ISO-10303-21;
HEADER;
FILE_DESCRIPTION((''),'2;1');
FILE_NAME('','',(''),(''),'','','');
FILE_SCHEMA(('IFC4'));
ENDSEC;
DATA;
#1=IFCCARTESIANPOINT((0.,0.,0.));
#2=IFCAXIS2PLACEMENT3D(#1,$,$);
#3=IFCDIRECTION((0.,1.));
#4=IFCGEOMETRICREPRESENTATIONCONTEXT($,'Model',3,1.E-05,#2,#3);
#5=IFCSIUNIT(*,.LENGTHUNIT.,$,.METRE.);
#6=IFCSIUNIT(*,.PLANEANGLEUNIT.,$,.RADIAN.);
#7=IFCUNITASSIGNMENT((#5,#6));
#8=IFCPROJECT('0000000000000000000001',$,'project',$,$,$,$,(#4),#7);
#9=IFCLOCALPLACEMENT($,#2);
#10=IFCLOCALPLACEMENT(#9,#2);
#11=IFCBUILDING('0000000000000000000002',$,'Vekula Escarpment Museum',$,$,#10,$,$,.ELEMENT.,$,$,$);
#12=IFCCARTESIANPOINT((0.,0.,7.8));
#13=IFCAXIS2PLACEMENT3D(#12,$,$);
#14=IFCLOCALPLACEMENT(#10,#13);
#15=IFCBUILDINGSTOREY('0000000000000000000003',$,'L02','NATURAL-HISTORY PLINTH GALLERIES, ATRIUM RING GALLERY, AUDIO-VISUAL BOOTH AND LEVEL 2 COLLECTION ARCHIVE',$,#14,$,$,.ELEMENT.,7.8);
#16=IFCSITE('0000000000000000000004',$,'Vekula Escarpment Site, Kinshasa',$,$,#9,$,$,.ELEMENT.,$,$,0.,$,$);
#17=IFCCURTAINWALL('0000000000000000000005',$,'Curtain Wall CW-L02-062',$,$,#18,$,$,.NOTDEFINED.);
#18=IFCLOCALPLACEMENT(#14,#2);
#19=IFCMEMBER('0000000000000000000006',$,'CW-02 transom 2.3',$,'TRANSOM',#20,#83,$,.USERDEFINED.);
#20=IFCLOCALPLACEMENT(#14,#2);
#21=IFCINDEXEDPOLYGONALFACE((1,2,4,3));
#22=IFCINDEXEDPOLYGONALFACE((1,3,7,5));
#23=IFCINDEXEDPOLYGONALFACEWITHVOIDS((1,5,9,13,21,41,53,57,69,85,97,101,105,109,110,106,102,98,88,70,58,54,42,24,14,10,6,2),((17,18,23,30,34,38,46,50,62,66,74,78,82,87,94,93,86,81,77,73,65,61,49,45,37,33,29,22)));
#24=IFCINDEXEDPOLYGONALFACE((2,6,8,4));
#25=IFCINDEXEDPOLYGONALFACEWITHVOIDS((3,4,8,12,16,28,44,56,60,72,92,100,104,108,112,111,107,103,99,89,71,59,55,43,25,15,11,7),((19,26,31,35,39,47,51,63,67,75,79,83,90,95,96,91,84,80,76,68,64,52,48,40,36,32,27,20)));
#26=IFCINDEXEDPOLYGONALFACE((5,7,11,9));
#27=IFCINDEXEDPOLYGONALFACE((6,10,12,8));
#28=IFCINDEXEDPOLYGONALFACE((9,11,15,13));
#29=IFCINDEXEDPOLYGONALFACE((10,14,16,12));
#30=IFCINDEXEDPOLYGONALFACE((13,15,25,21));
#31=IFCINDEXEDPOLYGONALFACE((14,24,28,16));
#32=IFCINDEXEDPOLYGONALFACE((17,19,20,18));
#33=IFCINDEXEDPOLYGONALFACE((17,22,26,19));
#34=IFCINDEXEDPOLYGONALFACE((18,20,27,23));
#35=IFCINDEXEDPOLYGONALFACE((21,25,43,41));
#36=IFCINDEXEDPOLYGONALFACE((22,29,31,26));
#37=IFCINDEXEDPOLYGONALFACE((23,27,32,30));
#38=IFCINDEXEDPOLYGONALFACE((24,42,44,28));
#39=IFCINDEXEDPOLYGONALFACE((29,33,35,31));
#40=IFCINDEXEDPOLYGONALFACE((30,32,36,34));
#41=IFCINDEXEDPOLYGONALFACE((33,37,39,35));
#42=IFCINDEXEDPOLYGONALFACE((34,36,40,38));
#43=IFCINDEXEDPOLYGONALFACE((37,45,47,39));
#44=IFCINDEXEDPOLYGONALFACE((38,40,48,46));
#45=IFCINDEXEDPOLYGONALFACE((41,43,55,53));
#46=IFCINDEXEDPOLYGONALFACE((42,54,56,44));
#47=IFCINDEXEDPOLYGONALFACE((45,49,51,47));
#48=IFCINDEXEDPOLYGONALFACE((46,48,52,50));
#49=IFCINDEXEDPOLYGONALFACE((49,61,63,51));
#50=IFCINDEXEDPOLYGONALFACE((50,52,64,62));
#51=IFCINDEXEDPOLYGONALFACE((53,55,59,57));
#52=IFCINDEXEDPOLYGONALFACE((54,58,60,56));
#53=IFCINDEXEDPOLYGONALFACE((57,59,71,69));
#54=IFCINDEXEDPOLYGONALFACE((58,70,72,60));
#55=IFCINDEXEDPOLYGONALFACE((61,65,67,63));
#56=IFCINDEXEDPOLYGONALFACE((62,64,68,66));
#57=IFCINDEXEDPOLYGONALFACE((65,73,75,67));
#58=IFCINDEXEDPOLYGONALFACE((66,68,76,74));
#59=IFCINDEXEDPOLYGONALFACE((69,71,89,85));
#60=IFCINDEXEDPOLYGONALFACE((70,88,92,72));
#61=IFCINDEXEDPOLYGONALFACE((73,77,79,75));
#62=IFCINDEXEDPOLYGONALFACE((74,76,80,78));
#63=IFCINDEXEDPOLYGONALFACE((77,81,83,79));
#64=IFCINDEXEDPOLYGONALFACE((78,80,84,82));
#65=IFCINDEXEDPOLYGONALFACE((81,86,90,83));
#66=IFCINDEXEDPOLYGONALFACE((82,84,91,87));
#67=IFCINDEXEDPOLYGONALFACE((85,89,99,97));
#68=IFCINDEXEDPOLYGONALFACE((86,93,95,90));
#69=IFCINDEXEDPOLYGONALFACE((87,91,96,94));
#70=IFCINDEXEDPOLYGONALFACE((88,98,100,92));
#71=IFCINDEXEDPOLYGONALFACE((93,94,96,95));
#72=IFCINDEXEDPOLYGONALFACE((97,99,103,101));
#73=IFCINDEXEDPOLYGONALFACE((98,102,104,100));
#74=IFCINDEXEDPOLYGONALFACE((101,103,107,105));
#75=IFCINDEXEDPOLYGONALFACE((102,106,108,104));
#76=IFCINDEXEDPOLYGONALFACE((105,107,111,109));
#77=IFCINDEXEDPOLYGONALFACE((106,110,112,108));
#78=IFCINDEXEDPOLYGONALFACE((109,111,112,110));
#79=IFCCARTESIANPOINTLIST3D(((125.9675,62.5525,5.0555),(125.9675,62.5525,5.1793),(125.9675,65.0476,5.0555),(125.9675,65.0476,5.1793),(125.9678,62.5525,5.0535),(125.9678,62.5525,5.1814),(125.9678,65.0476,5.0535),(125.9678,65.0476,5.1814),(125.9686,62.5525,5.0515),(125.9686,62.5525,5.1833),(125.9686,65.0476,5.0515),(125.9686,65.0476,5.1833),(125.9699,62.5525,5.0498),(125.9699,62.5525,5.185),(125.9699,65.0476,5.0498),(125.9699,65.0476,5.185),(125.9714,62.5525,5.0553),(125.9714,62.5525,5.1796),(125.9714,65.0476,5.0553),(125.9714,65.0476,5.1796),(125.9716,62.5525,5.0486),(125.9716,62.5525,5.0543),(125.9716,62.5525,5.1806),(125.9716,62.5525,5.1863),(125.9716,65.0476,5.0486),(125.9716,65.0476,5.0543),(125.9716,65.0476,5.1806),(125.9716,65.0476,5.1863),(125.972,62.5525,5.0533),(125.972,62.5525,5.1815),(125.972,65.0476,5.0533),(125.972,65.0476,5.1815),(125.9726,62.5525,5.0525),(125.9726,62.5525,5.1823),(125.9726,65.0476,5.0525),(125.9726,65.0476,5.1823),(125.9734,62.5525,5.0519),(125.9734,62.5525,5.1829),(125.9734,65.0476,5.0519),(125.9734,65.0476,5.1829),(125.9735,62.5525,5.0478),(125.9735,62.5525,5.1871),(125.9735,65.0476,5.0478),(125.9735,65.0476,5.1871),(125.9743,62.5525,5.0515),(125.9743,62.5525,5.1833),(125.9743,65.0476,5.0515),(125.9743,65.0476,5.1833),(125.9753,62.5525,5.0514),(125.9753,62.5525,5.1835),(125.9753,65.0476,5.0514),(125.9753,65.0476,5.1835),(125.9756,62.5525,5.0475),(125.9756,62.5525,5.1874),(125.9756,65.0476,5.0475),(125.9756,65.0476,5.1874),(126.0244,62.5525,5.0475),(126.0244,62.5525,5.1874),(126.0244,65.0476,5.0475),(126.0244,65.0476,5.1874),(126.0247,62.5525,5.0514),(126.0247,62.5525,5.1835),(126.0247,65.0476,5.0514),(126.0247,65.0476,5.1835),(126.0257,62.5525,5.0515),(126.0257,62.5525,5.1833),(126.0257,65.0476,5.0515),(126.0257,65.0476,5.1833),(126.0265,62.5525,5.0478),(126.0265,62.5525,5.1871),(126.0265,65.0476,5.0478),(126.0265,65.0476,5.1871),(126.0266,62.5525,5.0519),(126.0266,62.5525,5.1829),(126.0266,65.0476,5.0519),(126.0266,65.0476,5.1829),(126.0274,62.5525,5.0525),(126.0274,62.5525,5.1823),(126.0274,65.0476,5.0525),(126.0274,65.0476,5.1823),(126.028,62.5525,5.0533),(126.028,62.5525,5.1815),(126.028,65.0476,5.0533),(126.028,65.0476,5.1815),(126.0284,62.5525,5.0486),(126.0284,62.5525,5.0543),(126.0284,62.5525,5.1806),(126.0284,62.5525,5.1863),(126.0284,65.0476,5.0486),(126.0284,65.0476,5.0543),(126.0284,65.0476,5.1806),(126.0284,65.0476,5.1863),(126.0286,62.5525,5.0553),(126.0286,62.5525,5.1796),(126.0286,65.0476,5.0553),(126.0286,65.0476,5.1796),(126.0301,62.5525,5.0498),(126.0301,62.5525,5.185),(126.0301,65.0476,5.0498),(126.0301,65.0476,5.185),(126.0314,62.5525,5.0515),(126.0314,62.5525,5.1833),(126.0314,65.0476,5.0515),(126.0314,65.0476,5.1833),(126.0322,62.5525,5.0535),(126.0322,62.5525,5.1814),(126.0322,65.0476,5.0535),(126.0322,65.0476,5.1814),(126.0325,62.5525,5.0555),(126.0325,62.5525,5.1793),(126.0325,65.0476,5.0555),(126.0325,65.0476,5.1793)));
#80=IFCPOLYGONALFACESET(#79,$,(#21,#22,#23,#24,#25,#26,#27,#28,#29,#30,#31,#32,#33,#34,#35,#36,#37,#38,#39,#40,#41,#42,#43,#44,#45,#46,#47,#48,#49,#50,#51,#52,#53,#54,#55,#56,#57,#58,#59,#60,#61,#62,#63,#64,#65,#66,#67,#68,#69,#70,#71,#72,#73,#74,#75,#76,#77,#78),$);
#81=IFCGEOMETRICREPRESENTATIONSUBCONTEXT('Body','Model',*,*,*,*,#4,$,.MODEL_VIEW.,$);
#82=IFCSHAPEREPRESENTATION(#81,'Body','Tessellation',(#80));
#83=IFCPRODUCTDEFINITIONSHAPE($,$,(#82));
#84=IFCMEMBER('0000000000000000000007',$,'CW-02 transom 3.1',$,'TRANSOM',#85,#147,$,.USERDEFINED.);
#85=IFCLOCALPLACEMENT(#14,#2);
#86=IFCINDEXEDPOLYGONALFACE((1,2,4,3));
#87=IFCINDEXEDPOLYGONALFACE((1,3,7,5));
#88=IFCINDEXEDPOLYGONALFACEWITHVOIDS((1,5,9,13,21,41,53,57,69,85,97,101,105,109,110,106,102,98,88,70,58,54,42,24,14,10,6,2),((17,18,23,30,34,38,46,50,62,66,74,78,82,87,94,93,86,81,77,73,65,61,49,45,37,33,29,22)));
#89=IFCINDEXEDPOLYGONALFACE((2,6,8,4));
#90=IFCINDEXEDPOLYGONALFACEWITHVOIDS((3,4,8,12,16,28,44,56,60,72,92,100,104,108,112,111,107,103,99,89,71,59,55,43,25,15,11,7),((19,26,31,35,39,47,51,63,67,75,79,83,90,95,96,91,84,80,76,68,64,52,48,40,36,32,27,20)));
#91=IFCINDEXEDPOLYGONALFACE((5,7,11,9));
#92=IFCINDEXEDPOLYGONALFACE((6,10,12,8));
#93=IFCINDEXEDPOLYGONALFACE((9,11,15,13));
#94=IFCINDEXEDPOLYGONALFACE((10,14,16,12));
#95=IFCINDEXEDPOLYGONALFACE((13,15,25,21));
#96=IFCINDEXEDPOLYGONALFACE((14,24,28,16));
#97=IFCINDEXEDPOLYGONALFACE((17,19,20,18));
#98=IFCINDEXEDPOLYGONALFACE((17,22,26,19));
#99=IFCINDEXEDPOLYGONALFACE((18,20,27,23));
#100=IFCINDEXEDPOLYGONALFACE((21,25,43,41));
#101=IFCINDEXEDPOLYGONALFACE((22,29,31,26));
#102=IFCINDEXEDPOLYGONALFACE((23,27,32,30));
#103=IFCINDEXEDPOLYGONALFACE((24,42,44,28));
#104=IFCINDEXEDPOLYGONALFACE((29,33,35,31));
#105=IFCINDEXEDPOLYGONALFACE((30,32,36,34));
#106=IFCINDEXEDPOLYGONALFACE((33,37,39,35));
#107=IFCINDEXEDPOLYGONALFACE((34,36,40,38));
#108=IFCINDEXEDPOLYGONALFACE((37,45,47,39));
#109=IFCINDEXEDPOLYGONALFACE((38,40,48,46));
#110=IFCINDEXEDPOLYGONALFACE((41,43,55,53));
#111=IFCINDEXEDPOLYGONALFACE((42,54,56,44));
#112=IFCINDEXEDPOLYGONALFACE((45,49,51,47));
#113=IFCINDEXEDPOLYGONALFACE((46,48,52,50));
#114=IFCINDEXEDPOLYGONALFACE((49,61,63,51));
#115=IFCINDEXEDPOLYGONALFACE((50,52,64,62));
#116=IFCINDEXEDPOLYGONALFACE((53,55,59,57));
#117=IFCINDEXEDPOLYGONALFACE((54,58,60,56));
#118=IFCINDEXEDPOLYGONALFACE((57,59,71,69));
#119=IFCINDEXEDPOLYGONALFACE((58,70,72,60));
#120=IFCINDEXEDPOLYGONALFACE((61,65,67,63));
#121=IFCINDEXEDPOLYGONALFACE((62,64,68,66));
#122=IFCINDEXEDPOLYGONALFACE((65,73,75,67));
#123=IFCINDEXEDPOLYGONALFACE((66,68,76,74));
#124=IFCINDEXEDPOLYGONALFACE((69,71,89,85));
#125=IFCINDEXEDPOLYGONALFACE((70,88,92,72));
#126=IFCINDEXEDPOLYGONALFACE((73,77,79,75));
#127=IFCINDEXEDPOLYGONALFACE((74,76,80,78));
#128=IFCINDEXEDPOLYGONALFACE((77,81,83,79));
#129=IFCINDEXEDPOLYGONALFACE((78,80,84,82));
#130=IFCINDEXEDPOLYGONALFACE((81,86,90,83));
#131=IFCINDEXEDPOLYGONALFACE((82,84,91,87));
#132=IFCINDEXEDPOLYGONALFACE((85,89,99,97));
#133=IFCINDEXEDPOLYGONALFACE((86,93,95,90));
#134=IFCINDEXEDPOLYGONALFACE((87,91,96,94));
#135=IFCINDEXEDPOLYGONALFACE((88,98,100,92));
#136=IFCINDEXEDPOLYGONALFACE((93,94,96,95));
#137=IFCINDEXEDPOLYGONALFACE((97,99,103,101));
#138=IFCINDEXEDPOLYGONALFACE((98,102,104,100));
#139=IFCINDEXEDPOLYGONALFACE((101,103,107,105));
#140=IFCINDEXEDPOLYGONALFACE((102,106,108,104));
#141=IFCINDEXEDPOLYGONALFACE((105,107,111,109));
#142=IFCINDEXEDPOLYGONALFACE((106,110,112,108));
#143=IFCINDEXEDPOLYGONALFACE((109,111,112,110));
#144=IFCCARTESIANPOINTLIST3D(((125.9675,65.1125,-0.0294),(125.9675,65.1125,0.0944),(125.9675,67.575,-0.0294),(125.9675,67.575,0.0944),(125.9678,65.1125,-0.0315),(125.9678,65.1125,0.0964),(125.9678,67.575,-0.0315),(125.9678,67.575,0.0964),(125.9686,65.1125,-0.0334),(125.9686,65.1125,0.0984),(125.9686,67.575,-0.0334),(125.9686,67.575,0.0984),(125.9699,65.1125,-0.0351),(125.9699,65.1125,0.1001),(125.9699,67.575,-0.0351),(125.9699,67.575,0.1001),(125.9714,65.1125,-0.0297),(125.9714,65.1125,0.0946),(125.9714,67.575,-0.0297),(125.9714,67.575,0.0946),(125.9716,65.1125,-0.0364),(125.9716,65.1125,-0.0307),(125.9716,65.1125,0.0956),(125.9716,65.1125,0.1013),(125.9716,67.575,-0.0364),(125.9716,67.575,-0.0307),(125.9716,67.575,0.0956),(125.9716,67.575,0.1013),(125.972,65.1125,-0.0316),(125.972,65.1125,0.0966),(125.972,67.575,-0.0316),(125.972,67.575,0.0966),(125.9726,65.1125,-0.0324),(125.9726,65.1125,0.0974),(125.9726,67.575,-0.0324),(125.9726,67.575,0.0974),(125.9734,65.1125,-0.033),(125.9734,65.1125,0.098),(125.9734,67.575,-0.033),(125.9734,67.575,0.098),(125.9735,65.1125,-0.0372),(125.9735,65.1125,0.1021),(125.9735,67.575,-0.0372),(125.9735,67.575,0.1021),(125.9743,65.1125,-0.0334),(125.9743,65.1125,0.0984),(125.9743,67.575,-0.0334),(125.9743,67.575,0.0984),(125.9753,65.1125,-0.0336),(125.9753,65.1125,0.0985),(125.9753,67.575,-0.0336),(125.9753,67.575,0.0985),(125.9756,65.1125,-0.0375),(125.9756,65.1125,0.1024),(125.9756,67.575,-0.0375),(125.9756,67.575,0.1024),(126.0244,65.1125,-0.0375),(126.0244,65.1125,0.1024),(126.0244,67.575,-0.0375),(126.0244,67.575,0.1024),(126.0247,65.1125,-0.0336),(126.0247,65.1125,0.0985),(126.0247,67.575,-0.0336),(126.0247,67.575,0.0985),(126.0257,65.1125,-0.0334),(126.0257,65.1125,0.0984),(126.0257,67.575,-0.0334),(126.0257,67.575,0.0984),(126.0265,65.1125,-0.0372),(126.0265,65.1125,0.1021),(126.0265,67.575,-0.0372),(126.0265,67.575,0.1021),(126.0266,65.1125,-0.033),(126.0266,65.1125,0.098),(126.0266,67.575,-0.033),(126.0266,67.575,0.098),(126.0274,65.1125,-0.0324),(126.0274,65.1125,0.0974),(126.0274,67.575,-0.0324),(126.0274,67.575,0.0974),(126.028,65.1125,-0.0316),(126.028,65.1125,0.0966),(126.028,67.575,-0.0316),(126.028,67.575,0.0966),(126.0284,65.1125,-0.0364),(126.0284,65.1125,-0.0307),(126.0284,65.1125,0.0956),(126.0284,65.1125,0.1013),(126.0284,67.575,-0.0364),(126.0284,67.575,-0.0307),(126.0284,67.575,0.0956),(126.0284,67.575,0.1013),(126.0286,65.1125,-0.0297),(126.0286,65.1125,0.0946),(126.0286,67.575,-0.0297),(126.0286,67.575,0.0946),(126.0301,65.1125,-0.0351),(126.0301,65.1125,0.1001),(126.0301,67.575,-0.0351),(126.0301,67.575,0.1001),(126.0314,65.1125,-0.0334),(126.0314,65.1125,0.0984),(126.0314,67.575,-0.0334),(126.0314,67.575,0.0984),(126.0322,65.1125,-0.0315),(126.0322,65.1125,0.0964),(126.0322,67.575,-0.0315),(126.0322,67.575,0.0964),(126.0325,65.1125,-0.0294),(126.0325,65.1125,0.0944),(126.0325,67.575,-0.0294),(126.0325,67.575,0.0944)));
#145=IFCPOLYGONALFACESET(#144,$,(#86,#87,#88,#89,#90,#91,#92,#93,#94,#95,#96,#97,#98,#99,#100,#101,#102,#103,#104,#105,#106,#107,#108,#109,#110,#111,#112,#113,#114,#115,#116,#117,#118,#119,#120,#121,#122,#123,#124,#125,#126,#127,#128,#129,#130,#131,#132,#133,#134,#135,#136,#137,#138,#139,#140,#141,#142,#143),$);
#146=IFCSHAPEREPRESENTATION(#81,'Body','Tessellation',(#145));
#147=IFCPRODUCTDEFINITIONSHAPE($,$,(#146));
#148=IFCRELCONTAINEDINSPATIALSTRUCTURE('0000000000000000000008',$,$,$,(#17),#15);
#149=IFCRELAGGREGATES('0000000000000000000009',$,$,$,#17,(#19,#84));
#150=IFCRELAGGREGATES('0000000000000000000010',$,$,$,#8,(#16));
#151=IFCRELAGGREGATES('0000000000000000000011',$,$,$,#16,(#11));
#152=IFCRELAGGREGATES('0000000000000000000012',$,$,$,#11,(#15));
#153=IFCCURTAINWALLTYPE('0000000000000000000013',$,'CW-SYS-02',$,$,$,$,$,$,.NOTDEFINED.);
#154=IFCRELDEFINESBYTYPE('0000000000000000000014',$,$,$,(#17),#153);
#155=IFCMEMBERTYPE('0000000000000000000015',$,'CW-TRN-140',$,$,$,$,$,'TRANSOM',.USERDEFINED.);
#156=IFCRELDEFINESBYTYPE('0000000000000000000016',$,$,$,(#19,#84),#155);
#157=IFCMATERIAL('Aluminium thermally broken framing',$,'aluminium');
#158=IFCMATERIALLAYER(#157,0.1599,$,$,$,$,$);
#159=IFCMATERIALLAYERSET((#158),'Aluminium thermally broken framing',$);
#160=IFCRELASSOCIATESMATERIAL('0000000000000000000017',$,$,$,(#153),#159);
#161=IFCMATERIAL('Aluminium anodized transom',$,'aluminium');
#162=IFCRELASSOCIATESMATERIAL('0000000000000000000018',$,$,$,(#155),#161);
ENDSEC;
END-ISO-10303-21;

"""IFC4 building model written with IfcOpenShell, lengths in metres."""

from ifc_helpers import new_model, si_unit, direction, frame, origin, origin_2d, place, context, subcontext, project, spatial, hollow_rectangle, extrude, material, layer, layer_set, material_profile, profile_set, type_object, element, aggregate, save


model = new_model("IFC4")

# Units and contexts
model_context = context("Model", 3, precision=1e-05, world=origin(), true_north=direction((0.0, 1.0)))
body_context = subcontext(model_context, "Body", "Model", "MODEL_VIEW")
ifc_project = project(units=[si_unit("LENGTHUNIT", "METRE"), si_unit("PLANEANGLEUNIT", "RADIAN")], contexts=[model_context])

# Site, building, storey
site_placement = place(None, origin())
site = spatial("IfcSite", under=ifc_project, at=site_placement, Name="Vekula Escarpment Site, Kinshasa", CompositionType="ELEMENT", RefElevation=0.0)
building_placement = place(site_placement, origin())
building = spatial("IfcBuilding", under=site, at=building_placement, Name="Vekula Escarpment Museum", CompositionType="ELEMENT")
storey_placement = place(building_placement, frame((0.0, 0.0, 7.8)))
storey = spatial("IfcBuildingStorey", under=building, at=storey_placement, Name="L02", Description="NATURAL-HISTORY PLINTH GALLERIES, ATRIUM RING GALLERY, AUDIO-VISUAL BOOTH AND LEVEL 2 COLLECTION ARCHIVE", CompositionType="ELEMENT", Elevation=7.8)

# Curtain wall
ifc_material_1 = material(Name="Aluminium thermally broken framing", Category="aluminium")
ifc_layer_1 = layer(ifc_material_1, 0.1599)
ifc_layer_set_1 = layer_set([ifc_layer_1], Name="Aluminium thermally broken framing")
curtain_wall_type_1 = type_object("IfcCurtainWallType", Name="CW-SYS-02", PredefinedType="NOTDEFINED", material=ifc_layer_set_1)
curtain_wall_1_placement = place(storey_placement, origin())
curtain_wall_1 = element("IfcCurtainWall", 1, at=curtain_wall_1_placement, inside=storey, type_object=curtain_wall_type_1, Name="Curtain Wall CW-L02-062", PredefinedType="NOTDEFINED")

# Members
ifc_material_2 = material(Name="Aluminium anodized transom", Category="aluminium")
ifc_material_profile_1 = material_profile(ifc_material_2, hollow_rectangle(XDim=0.0649, YDim=0.1399, WallThickness=0.0039, InnerFilletRadius=0.0039, OuterFilletRadius=0.0081, at=origin_2d()), Name="ALU 140x65x4")
ifc_profile_set_1 = profile_set([ifc_material_profile_1], Name="Aluminium anodized transom")
member_type_1 = type_object("IfcMemberType", Name="CW-TRN-140", ElementType="TRANSOM", PredefinedType="USERDEFINED", material=ifc_profile_set_1)
member_1_placement = place(storey_placement, frame((126.0, 62.5525, 5.1174), z_axis=(0.0, 1.0, 0.0), x_axis=(-1.0, 0.0, 0.0)))
member_1 = element("IfcMember", 2, at=member_1_placement, type_object=member_type_1, Name="CW-02 transom 2.3", ObjectType="TRANSOM", PredefinedType="USERDEFINED", context=body_context, shape_type="SweptSolid", body=[
    extrude(hollow_rectangle(XDim=0.0649, YDim=0.1399, WallThickness=0.0039, InnerFilletRadius=0.0039, OuterFilletRadius=0.0081, at=origin_2d()), origin(), (0.0, 0.0, 1.0), 2.4951),
])
member_2_placement = place(storey_placement, frame((126.0, 65.1125, 0.0325), z_axis=(0.0, 1.0, 0.0), x_axis=(-1.0, 0.0, 0.0)))
member_2 = element("IfcMember", 3, at=member_2_placement, type_object=member_type_1, Name="CW-02 transom 3.1", ObjectType="TRANSOM", PredefinedType="USERDEFINED", context=body_context, shape_type="SweptSolid", body=[
    extrude(hollow_rectangle(XDim=0.0649, YDim=0.1399, WallThickness=0.0039, InnerFilletRadius=0.0039, OuterFilletRadius=0.0081, at=origin_2d()), origin(), (0.0, 0.0, 1.0), 2.4624),
])

aggregate(curtain_wall_1, [member_1, member_2])

save(model, "model.ifc")
